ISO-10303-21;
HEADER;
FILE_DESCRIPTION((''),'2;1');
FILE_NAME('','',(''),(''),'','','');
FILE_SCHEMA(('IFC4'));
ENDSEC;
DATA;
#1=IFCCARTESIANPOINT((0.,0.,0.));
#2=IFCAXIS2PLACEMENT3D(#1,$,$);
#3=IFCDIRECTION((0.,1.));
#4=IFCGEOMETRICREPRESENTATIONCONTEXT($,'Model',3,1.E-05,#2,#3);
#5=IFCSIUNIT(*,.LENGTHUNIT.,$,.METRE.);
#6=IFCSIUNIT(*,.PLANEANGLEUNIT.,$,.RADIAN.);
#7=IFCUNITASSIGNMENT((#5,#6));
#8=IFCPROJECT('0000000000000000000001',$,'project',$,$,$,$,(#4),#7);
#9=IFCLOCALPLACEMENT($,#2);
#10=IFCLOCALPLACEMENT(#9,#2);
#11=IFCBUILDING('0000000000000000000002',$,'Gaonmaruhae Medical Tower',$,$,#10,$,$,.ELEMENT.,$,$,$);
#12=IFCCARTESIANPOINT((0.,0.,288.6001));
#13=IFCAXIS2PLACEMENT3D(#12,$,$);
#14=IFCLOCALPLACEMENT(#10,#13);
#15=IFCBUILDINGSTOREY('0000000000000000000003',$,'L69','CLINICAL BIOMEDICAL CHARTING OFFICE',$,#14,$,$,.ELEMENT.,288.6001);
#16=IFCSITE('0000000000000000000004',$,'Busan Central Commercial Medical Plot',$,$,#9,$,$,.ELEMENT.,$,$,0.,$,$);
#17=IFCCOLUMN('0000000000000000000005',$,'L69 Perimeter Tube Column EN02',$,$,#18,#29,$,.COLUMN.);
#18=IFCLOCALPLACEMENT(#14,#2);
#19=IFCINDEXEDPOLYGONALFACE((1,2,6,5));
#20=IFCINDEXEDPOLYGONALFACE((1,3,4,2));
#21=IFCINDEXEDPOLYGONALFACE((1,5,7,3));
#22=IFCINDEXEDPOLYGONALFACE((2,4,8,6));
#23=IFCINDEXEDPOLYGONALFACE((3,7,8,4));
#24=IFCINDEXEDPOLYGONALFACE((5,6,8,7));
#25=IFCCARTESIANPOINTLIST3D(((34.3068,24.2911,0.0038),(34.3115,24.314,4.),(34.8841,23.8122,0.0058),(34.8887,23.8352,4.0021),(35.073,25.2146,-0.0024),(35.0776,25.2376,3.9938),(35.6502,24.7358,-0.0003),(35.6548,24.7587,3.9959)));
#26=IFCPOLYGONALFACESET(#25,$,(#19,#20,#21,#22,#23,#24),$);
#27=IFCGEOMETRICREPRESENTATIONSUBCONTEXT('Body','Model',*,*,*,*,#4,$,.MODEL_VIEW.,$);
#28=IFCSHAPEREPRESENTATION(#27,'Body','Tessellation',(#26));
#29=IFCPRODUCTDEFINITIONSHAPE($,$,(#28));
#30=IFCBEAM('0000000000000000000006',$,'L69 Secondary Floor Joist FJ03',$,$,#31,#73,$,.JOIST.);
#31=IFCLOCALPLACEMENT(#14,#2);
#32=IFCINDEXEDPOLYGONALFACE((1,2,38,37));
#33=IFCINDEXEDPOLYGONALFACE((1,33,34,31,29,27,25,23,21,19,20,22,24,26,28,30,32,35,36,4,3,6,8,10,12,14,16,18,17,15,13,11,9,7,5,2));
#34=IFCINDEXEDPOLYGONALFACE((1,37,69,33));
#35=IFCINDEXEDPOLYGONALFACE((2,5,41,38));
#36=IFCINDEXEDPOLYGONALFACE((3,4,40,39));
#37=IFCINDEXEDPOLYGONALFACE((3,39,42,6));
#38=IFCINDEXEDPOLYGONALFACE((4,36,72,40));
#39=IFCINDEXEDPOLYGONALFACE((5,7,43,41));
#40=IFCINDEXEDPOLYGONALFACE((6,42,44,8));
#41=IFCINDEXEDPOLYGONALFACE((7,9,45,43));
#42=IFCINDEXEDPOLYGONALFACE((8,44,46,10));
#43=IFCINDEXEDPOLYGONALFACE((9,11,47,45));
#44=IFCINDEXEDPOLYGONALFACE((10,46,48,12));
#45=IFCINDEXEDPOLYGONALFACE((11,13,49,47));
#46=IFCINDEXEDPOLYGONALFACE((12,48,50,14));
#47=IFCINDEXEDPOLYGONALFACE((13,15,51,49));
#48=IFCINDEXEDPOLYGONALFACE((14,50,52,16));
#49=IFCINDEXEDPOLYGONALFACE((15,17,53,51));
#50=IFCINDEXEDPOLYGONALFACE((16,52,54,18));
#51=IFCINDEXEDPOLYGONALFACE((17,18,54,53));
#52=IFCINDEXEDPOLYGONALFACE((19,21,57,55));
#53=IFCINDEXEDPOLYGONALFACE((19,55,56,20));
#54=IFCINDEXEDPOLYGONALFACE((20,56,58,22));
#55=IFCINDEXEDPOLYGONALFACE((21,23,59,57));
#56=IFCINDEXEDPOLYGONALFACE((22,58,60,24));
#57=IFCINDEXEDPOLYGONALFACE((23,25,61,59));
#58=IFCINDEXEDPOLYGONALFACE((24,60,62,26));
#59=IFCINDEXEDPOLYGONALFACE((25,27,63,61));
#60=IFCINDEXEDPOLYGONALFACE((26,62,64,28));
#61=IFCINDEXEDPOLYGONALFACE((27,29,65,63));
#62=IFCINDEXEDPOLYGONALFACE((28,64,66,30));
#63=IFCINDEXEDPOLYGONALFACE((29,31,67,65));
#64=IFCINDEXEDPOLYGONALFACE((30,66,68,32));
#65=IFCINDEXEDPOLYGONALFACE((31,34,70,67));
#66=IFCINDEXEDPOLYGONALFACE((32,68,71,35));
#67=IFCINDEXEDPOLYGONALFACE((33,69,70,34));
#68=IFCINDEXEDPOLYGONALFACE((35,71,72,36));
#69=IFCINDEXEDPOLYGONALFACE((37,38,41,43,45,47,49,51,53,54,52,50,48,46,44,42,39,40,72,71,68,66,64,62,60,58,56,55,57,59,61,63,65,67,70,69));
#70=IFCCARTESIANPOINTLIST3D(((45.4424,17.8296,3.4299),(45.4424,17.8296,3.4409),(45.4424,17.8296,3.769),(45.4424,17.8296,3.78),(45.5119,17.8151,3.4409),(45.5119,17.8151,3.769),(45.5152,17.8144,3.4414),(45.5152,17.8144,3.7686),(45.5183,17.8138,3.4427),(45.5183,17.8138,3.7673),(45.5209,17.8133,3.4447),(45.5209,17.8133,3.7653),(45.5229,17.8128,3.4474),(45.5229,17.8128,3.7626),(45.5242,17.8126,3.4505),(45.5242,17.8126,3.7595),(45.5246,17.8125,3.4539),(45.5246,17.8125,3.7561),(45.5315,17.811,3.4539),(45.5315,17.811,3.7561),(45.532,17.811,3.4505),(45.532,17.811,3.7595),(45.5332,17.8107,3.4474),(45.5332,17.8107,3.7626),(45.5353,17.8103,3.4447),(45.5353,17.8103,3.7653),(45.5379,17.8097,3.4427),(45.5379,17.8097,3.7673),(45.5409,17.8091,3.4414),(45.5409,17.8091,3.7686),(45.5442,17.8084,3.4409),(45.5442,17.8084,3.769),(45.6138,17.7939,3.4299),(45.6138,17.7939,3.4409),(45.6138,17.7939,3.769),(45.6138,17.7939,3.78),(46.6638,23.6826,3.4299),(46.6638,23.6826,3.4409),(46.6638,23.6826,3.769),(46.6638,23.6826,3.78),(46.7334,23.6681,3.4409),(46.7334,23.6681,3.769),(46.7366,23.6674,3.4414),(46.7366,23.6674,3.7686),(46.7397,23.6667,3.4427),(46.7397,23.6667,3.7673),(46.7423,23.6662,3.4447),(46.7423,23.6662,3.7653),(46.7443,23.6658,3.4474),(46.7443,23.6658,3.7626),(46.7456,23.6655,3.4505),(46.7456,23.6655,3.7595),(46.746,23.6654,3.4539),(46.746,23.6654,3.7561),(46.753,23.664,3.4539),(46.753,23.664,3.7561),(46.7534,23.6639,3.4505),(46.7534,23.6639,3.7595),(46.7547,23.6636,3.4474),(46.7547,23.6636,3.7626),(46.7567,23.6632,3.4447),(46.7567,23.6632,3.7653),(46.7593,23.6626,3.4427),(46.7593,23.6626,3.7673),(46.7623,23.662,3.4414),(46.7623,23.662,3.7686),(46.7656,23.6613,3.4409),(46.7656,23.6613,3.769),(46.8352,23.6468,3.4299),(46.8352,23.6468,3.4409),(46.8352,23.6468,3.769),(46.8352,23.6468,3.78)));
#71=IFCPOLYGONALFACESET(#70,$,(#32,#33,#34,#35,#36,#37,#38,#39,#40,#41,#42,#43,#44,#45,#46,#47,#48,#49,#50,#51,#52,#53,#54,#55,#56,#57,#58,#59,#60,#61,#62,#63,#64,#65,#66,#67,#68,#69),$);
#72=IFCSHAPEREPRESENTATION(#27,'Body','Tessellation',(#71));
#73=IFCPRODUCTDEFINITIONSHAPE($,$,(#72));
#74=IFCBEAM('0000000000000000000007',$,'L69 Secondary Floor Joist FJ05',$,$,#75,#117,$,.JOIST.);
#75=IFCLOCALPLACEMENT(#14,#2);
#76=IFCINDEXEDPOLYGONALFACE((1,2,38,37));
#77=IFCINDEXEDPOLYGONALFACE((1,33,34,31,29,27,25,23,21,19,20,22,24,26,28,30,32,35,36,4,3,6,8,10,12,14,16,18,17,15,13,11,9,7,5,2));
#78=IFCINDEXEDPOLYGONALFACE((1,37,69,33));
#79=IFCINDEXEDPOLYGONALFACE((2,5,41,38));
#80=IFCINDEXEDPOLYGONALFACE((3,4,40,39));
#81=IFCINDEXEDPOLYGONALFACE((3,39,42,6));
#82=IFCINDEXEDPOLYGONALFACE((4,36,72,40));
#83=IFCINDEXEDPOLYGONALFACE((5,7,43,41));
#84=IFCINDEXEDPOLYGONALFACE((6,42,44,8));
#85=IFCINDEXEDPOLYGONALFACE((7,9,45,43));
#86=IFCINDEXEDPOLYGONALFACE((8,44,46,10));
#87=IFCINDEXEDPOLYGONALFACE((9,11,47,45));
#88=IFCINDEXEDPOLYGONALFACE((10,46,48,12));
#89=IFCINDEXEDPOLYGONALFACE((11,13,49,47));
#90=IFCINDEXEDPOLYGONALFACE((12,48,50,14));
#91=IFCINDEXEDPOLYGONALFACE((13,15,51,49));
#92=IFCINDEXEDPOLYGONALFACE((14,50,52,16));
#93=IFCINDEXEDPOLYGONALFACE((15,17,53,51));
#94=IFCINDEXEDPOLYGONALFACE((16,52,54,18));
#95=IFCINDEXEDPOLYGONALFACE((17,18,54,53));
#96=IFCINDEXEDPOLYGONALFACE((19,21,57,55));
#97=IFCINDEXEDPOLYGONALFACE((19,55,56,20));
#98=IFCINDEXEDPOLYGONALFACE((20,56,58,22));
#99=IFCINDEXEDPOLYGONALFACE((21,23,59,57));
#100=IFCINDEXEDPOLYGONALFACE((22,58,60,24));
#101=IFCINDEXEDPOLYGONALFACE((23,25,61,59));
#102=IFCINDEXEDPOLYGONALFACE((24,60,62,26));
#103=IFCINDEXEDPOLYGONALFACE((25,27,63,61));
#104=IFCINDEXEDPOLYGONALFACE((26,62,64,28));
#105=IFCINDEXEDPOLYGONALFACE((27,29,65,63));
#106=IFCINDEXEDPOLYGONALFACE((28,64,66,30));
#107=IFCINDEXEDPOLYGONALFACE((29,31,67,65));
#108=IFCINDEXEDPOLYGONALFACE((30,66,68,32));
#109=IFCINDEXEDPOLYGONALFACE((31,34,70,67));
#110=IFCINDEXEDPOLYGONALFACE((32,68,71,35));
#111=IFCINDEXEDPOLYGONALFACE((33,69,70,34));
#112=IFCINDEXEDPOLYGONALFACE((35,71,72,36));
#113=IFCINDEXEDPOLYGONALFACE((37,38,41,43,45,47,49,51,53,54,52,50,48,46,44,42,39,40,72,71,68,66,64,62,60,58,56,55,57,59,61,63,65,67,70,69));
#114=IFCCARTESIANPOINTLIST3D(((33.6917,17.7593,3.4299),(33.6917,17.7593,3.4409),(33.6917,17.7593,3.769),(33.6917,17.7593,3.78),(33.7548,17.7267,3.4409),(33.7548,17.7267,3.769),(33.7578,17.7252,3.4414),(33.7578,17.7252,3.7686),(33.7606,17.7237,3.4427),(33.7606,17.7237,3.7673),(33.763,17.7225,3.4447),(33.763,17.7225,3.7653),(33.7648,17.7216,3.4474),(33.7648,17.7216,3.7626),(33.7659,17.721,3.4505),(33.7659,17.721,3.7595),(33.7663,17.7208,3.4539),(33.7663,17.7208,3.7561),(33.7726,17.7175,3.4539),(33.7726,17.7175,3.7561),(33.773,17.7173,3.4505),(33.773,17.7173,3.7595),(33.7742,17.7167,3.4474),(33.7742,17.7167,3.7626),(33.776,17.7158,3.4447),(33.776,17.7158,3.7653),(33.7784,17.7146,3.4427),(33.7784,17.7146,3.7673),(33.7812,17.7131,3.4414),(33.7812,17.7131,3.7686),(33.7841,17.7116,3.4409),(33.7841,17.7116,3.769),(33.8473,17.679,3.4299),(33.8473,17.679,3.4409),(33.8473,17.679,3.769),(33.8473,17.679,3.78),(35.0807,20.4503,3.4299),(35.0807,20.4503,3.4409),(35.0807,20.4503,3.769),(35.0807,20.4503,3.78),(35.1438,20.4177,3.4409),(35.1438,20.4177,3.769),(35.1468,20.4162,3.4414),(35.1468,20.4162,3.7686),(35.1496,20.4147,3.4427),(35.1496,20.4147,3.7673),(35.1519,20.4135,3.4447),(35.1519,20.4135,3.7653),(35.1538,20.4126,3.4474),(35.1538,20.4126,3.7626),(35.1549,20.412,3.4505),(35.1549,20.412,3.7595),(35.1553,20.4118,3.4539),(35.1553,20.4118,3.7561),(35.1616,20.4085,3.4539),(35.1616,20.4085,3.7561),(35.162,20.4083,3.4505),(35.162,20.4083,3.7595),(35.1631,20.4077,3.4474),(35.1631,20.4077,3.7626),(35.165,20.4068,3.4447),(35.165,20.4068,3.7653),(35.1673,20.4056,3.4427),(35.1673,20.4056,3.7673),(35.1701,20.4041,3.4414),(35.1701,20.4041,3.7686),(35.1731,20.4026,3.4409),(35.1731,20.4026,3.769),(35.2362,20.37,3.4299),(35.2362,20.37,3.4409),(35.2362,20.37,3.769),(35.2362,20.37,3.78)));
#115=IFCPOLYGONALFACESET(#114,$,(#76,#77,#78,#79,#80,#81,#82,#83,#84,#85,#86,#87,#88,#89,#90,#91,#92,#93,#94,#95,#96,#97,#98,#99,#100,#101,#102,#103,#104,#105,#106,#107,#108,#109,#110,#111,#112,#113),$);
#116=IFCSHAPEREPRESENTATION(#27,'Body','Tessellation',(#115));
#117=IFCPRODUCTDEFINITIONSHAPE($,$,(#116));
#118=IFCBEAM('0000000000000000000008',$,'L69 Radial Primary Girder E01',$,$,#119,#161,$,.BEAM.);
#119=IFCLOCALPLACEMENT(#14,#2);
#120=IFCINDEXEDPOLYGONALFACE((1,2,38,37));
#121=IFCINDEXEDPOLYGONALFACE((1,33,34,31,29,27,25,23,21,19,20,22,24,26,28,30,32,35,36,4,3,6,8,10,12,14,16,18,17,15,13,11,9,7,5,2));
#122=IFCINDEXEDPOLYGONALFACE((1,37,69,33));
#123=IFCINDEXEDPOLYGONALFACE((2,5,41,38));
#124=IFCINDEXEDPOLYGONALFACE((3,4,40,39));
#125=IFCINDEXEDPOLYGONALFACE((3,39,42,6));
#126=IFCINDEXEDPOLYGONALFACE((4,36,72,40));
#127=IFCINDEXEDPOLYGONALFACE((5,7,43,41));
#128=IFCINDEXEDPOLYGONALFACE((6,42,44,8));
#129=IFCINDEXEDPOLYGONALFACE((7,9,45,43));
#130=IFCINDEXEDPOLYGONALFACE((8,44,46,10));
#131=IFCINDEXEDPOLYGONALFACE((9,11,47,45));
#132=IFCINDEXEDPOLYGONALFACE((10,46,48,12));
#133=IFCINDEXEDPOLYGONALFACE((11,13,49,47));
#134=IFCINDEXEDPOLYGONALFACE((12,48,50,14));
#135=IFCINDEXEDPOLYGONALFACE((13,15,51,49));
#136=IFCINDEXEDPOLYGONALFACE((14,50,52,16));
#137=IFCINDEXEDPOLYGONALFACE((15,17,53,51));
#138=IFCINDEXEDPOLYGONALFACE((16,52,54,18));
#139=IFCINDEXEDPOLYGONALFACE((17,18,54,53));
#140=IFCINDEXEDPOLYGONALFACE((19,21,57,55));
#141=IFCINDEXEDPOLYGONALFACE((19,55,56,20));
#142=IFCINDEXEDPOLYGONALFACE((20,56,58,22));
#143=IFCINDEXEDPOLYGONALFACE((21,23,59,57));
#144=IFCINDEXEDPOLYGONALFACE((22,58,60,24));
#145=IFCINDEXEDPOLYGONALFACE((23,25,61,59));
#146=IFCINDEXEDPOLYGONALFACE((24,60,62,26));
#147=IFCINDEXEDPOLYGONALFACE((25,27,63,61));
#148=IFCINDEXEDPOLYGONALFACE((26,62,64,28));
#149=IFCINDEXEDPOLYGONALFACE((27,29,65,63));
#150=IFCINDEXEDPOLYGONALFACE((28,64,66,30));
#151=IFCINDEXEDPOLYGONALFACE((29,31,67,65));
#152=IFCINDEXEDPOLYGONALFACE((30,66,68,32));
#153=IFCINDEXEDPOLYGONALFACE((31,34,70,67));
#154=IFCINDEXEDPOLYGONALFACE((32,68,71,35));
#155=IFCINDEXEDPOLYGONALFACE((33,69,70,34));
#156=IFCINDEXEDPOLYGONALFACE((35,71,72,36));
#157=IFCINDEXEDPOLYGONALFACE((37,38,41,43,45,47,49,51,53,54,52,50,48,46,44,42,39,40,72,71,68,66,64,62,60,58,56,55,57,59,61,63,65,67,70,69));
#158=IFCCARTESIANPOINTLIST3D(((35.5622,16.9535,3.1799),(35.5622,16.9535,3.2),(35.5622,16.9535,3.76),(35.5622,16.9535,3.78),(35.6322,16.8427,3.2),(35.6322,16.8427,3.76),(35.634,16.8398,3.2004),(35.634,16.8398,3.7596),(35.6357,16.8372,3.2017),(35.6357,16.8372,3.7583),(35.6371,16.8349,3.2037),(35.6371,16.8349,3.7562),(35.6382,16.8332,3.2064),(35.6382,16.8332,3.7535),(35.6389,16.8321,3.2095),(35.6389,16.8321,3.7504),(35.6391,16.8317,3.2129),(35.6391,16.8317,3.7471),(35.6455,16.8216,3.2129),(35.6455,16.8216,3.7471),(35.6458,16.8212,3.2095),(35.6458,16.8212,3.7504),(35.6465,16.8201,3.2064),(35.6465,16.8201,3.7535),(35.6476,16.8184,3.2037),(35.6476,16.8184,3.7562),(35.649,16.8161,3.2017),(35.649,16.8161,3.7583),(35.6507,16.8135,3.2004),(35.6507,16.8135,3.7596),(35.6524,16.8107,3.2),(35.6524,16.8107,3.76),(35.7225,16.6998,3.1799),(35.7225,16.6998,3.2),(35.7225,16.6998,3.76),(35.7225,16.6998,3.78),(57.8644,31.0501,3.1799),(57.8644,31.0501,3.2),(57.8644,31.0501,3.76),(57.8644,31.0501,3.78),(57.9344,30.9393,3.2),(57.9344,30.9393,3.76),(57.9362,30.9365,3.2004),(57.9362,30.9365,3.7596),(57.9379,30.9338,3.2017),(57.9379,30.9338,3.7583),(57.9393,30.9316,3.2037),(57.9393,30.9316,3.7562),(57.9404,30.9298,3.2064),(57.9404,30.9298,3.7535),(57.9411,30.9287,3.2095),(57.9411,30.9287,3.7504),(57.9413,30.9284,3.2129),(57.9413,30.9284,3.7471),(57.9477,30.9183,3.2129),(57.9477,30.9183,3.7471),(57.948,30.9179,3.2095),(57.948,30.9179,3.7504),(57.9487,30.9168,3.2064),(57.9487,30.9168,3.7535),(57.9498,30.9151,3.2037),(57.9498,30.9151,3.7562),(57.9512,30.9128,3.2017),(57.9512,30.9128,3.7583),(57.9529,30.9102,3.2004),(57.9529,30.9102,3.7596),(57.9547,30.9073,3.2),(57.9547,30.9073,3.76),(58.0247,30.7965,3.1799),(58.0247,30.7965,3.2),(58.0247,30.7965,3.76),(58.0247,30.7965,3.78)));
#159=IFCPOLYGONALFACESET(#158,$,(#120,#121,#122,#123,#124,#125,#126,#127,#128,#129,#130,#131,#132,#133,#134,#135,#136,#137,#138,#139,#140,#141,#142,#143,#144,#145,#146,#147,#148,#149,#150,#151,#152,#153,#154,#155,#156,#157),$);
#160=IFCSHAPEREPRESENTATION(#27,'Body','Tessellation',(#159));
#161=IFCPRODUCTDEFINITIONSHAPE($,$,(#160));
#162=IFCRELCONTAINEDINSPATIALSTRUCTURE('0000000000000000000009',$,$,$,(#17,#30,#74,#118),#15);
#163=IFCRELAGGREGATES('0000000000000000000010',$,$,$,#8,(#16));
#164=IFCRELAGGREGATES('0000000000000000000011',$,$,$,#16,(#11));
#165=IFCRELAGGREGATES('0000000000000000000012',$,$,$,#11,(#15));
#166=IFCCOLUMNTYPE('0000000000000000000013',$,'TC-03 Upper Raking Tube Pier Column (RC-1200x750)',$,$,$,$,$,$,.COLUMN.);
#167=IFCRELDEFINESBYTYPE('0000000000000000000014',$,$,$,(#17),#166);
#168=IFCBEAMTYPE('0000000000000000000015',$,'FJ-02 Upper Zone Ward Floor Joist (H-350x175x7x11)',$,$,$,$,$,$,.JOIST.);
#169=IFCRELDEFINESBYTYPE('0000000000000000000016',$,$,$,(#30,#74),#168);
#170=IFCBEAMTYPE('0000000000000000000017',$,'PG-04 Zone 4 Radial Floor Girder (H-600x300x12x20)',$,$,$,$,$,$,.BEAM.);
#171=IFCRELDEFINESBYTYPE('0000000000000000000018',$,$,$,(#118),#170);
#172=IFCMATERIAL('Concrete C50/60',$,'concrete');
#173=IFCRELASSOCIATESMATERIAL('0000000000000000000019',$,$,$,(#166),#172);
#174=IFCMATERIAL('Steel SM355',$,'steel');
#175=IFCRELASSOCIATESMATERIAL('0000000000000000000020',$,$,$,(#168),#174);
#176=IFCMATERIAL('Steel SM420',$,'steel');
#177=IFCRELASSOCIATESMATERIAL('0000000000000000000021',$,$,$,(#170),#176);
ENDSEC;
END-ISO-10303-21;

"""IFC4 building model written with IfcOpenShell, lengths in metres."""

from ifc_helpers import new_model, si_unit, direction, frame, origin, origin_2d, place, context, subcontext, project, spatial, rectangle, i_section, extrude, material, material_profile, profile_set, type_object, element, save


model = new_model("IFC4")

# Units and contexts
model_context = context("Model", 3, precision=1e-05, world=origin(), true_north=direction((0.0, 1.0)))
body_context = subcontext(model_context, "Body", "Model", "MODEL_VIEW")
ifc_project = project(units=[si_unit("LENGTHUNIT", "METRE"), si_unit("PLANEANGLEUNIT", "RADIAN")], contexts=[model_context])

# Site, building, storey
site_placement = place(None, origin())
site = spatial("IfcSite", under=ifc_project, at=site_placement, Name="Busan Central Commercial Medical Plot", CompositionType="ELEMENT", RefElevation=0.0)
building_placement = place(site_placement, origin())
building = spatial("IfcBuilding", under=site, at=building_placement, Name="Gaonmaruhae Medical Tower", CompositionType="ELEMENT")
storey_placement = place(building_placement, frame((0.0, 0.0, 288.6001)))
storey = spatial("IfcBuildingStorey", under=building, at=storey_placement, Name="L69", Description="CLINICAL BIOMEDICAL CHARTING OFFICE", CompositionType="ELEMENT", Elevation=288.6001)

# Column
ifc_material_1 = material(Name="Concrete C50/60", Category="concrete")
ifc_material_profile_1 = material_profile(ifc_material_1, rectangle(XDim=1.2, YDim=0.75, at=origin_2d()), Name="RC-1200x750")
ifc_profile_set_1 = profile_set([ifc_material_profile_1], Name="Concrete C50/60")
column_type = type_object("IfcColumnType", Name="TC-03 Upper Raking Tube Pier Column (RC-1200x750)", PredefinedType="COLUMN", material=ifc_profile_set_1)
column_placement = place(storey_placement, frame((34.9785, 24.5134, 0.0017), z_axis=(0.001161, 0.005742, 0.999983), x_axis=(-0.638457, -0.76964, 0.005161)))
element("IfcColumn", 1, at=column_placement, inside=storey, type_object=column_type, Name="L69 Perimeter Tube Column EN02", PredefinedType="COLUMN", context=body_context, shape_type="SweptSolid", body=[
    extrude(rectangle(XDim=1.2, YDim=0.75, at=origin_2d()), origin(), (0.0, 0.0, 1.0), 3.9963),
])

# Beams
ifc_material_2 = material(Name="Steel SM355", Category="steel")
ifc_material_profile_2 = material_profile(ifc_material_2, i_section(OverallWidth=0.175, OverallDepth=0.3501, WebThickness=0.0071, FlangeThickness=0.011, FilletRadius=0.0129, at=origin_2d()), Name="H-350x175x7x11")
ifc_profile_set_2 = profile_set([ifc_material_profile_2], Name="Steel SM355")
beam_type_1 = type_object("IfcBeamType", Name="FJ-02 Upper Zone Ward Floor Joist (H-350x175x7x11)", PredefinedType="JOIST", material=ifc_profile_set_2)
beam_1_placement = place(storey_placement, frame((45.5281, 17.8118, 3.605), z_axis=(0.204284, 0.978912, 0.0), x_axis=(-0.978912, 0.204284, 0.0)))
element("IfcBeam", 2, at=beam_1_placement, inside=storey, type_object=beam_type_1, Name="L69 Secondary Floor Joist FJ03", PredefinedType="JOIST", context=body_context, shape_type="SweptSolid", body=[
    extrude(i_section(OverallWidth=0.175, OverallDepth=0.3501, WebThickness=0.0071, FlangeThickness=0.011, FilletRadius=0.0129, at=origin_2d()), origin(), (0.0, 0.0, 1.0), 5.979),
])
beam_2_placement = place(storey_placement, frame((35.1584, 20.4102, 3.605), z_axis=(-0.458657, -0.888613, 0.0), x_axis=(0.888613, -0.458657, 0.0)))
element("IfcBeam", 3, at=beam_2_placement, inside=storey, type_object=beam_type_1, Name="L69 Secondary Floor Joist FJ05", PredefinedType="JOIST", context=body_context, shape_type="SweptSolid", body=[
    extrude(i_section(OverallWidth=0.175, OverallDepth=0.3501, WebThickness=0.0071, FlangeThickness=0.011, FilletRadius=0.0129, at=origin_2d()), origin(), (0.0, 0.0, 1.0), 3.0283),
])
ifc_material_3 = material(Name="Steel SM420", Category="steel")
ifc_material_profile_3 = material_profile(ifc_material_3, i_section(OverallWidth=0.3, OverallDepth=0.6001, WebThickness=0.012, FlangeThickness=0.02, FilletRadius=0.0129, at=origin_2d()), Name="H-600x300x12x20")
ifc_profile_set_3 = profile_set([ifc_material_profile_3], Name="Steel SM420")
beam_type_2 = type_object("IfcBeamType", Name="PG-04 Zone 4 Radial Floor Girder (H-600x300x12x20)", PredefinedType="BEAM", material=ifc_profile_set_3)
beam_3_placement = place(storey_placement, frame((35.6423, 16.8267, 3.48), z_axis=(0.8453, 0.534292, 0.0), x_axis=(-0.534292, 0.8453, 0.0)))
element("IfcBeam", 4, at=beam_3_placement, inside=storey, type_object=beam_type_2, Name="L69 Radial Primary Girder E01", PredefinedType="BEAM", context=body_context, shape_type="SweptSolid", body=[
    extrude(i_section(OverallWidth=0.3, OverallDepth=0.6001, WebThickness=0.012, FlangeThickness=0.02, FilletRadius=0.0129, at=origin_2d()), origin(), (0.0, 0.0, 1.0), 26.3838),
])

save(model, "model.ifc")
